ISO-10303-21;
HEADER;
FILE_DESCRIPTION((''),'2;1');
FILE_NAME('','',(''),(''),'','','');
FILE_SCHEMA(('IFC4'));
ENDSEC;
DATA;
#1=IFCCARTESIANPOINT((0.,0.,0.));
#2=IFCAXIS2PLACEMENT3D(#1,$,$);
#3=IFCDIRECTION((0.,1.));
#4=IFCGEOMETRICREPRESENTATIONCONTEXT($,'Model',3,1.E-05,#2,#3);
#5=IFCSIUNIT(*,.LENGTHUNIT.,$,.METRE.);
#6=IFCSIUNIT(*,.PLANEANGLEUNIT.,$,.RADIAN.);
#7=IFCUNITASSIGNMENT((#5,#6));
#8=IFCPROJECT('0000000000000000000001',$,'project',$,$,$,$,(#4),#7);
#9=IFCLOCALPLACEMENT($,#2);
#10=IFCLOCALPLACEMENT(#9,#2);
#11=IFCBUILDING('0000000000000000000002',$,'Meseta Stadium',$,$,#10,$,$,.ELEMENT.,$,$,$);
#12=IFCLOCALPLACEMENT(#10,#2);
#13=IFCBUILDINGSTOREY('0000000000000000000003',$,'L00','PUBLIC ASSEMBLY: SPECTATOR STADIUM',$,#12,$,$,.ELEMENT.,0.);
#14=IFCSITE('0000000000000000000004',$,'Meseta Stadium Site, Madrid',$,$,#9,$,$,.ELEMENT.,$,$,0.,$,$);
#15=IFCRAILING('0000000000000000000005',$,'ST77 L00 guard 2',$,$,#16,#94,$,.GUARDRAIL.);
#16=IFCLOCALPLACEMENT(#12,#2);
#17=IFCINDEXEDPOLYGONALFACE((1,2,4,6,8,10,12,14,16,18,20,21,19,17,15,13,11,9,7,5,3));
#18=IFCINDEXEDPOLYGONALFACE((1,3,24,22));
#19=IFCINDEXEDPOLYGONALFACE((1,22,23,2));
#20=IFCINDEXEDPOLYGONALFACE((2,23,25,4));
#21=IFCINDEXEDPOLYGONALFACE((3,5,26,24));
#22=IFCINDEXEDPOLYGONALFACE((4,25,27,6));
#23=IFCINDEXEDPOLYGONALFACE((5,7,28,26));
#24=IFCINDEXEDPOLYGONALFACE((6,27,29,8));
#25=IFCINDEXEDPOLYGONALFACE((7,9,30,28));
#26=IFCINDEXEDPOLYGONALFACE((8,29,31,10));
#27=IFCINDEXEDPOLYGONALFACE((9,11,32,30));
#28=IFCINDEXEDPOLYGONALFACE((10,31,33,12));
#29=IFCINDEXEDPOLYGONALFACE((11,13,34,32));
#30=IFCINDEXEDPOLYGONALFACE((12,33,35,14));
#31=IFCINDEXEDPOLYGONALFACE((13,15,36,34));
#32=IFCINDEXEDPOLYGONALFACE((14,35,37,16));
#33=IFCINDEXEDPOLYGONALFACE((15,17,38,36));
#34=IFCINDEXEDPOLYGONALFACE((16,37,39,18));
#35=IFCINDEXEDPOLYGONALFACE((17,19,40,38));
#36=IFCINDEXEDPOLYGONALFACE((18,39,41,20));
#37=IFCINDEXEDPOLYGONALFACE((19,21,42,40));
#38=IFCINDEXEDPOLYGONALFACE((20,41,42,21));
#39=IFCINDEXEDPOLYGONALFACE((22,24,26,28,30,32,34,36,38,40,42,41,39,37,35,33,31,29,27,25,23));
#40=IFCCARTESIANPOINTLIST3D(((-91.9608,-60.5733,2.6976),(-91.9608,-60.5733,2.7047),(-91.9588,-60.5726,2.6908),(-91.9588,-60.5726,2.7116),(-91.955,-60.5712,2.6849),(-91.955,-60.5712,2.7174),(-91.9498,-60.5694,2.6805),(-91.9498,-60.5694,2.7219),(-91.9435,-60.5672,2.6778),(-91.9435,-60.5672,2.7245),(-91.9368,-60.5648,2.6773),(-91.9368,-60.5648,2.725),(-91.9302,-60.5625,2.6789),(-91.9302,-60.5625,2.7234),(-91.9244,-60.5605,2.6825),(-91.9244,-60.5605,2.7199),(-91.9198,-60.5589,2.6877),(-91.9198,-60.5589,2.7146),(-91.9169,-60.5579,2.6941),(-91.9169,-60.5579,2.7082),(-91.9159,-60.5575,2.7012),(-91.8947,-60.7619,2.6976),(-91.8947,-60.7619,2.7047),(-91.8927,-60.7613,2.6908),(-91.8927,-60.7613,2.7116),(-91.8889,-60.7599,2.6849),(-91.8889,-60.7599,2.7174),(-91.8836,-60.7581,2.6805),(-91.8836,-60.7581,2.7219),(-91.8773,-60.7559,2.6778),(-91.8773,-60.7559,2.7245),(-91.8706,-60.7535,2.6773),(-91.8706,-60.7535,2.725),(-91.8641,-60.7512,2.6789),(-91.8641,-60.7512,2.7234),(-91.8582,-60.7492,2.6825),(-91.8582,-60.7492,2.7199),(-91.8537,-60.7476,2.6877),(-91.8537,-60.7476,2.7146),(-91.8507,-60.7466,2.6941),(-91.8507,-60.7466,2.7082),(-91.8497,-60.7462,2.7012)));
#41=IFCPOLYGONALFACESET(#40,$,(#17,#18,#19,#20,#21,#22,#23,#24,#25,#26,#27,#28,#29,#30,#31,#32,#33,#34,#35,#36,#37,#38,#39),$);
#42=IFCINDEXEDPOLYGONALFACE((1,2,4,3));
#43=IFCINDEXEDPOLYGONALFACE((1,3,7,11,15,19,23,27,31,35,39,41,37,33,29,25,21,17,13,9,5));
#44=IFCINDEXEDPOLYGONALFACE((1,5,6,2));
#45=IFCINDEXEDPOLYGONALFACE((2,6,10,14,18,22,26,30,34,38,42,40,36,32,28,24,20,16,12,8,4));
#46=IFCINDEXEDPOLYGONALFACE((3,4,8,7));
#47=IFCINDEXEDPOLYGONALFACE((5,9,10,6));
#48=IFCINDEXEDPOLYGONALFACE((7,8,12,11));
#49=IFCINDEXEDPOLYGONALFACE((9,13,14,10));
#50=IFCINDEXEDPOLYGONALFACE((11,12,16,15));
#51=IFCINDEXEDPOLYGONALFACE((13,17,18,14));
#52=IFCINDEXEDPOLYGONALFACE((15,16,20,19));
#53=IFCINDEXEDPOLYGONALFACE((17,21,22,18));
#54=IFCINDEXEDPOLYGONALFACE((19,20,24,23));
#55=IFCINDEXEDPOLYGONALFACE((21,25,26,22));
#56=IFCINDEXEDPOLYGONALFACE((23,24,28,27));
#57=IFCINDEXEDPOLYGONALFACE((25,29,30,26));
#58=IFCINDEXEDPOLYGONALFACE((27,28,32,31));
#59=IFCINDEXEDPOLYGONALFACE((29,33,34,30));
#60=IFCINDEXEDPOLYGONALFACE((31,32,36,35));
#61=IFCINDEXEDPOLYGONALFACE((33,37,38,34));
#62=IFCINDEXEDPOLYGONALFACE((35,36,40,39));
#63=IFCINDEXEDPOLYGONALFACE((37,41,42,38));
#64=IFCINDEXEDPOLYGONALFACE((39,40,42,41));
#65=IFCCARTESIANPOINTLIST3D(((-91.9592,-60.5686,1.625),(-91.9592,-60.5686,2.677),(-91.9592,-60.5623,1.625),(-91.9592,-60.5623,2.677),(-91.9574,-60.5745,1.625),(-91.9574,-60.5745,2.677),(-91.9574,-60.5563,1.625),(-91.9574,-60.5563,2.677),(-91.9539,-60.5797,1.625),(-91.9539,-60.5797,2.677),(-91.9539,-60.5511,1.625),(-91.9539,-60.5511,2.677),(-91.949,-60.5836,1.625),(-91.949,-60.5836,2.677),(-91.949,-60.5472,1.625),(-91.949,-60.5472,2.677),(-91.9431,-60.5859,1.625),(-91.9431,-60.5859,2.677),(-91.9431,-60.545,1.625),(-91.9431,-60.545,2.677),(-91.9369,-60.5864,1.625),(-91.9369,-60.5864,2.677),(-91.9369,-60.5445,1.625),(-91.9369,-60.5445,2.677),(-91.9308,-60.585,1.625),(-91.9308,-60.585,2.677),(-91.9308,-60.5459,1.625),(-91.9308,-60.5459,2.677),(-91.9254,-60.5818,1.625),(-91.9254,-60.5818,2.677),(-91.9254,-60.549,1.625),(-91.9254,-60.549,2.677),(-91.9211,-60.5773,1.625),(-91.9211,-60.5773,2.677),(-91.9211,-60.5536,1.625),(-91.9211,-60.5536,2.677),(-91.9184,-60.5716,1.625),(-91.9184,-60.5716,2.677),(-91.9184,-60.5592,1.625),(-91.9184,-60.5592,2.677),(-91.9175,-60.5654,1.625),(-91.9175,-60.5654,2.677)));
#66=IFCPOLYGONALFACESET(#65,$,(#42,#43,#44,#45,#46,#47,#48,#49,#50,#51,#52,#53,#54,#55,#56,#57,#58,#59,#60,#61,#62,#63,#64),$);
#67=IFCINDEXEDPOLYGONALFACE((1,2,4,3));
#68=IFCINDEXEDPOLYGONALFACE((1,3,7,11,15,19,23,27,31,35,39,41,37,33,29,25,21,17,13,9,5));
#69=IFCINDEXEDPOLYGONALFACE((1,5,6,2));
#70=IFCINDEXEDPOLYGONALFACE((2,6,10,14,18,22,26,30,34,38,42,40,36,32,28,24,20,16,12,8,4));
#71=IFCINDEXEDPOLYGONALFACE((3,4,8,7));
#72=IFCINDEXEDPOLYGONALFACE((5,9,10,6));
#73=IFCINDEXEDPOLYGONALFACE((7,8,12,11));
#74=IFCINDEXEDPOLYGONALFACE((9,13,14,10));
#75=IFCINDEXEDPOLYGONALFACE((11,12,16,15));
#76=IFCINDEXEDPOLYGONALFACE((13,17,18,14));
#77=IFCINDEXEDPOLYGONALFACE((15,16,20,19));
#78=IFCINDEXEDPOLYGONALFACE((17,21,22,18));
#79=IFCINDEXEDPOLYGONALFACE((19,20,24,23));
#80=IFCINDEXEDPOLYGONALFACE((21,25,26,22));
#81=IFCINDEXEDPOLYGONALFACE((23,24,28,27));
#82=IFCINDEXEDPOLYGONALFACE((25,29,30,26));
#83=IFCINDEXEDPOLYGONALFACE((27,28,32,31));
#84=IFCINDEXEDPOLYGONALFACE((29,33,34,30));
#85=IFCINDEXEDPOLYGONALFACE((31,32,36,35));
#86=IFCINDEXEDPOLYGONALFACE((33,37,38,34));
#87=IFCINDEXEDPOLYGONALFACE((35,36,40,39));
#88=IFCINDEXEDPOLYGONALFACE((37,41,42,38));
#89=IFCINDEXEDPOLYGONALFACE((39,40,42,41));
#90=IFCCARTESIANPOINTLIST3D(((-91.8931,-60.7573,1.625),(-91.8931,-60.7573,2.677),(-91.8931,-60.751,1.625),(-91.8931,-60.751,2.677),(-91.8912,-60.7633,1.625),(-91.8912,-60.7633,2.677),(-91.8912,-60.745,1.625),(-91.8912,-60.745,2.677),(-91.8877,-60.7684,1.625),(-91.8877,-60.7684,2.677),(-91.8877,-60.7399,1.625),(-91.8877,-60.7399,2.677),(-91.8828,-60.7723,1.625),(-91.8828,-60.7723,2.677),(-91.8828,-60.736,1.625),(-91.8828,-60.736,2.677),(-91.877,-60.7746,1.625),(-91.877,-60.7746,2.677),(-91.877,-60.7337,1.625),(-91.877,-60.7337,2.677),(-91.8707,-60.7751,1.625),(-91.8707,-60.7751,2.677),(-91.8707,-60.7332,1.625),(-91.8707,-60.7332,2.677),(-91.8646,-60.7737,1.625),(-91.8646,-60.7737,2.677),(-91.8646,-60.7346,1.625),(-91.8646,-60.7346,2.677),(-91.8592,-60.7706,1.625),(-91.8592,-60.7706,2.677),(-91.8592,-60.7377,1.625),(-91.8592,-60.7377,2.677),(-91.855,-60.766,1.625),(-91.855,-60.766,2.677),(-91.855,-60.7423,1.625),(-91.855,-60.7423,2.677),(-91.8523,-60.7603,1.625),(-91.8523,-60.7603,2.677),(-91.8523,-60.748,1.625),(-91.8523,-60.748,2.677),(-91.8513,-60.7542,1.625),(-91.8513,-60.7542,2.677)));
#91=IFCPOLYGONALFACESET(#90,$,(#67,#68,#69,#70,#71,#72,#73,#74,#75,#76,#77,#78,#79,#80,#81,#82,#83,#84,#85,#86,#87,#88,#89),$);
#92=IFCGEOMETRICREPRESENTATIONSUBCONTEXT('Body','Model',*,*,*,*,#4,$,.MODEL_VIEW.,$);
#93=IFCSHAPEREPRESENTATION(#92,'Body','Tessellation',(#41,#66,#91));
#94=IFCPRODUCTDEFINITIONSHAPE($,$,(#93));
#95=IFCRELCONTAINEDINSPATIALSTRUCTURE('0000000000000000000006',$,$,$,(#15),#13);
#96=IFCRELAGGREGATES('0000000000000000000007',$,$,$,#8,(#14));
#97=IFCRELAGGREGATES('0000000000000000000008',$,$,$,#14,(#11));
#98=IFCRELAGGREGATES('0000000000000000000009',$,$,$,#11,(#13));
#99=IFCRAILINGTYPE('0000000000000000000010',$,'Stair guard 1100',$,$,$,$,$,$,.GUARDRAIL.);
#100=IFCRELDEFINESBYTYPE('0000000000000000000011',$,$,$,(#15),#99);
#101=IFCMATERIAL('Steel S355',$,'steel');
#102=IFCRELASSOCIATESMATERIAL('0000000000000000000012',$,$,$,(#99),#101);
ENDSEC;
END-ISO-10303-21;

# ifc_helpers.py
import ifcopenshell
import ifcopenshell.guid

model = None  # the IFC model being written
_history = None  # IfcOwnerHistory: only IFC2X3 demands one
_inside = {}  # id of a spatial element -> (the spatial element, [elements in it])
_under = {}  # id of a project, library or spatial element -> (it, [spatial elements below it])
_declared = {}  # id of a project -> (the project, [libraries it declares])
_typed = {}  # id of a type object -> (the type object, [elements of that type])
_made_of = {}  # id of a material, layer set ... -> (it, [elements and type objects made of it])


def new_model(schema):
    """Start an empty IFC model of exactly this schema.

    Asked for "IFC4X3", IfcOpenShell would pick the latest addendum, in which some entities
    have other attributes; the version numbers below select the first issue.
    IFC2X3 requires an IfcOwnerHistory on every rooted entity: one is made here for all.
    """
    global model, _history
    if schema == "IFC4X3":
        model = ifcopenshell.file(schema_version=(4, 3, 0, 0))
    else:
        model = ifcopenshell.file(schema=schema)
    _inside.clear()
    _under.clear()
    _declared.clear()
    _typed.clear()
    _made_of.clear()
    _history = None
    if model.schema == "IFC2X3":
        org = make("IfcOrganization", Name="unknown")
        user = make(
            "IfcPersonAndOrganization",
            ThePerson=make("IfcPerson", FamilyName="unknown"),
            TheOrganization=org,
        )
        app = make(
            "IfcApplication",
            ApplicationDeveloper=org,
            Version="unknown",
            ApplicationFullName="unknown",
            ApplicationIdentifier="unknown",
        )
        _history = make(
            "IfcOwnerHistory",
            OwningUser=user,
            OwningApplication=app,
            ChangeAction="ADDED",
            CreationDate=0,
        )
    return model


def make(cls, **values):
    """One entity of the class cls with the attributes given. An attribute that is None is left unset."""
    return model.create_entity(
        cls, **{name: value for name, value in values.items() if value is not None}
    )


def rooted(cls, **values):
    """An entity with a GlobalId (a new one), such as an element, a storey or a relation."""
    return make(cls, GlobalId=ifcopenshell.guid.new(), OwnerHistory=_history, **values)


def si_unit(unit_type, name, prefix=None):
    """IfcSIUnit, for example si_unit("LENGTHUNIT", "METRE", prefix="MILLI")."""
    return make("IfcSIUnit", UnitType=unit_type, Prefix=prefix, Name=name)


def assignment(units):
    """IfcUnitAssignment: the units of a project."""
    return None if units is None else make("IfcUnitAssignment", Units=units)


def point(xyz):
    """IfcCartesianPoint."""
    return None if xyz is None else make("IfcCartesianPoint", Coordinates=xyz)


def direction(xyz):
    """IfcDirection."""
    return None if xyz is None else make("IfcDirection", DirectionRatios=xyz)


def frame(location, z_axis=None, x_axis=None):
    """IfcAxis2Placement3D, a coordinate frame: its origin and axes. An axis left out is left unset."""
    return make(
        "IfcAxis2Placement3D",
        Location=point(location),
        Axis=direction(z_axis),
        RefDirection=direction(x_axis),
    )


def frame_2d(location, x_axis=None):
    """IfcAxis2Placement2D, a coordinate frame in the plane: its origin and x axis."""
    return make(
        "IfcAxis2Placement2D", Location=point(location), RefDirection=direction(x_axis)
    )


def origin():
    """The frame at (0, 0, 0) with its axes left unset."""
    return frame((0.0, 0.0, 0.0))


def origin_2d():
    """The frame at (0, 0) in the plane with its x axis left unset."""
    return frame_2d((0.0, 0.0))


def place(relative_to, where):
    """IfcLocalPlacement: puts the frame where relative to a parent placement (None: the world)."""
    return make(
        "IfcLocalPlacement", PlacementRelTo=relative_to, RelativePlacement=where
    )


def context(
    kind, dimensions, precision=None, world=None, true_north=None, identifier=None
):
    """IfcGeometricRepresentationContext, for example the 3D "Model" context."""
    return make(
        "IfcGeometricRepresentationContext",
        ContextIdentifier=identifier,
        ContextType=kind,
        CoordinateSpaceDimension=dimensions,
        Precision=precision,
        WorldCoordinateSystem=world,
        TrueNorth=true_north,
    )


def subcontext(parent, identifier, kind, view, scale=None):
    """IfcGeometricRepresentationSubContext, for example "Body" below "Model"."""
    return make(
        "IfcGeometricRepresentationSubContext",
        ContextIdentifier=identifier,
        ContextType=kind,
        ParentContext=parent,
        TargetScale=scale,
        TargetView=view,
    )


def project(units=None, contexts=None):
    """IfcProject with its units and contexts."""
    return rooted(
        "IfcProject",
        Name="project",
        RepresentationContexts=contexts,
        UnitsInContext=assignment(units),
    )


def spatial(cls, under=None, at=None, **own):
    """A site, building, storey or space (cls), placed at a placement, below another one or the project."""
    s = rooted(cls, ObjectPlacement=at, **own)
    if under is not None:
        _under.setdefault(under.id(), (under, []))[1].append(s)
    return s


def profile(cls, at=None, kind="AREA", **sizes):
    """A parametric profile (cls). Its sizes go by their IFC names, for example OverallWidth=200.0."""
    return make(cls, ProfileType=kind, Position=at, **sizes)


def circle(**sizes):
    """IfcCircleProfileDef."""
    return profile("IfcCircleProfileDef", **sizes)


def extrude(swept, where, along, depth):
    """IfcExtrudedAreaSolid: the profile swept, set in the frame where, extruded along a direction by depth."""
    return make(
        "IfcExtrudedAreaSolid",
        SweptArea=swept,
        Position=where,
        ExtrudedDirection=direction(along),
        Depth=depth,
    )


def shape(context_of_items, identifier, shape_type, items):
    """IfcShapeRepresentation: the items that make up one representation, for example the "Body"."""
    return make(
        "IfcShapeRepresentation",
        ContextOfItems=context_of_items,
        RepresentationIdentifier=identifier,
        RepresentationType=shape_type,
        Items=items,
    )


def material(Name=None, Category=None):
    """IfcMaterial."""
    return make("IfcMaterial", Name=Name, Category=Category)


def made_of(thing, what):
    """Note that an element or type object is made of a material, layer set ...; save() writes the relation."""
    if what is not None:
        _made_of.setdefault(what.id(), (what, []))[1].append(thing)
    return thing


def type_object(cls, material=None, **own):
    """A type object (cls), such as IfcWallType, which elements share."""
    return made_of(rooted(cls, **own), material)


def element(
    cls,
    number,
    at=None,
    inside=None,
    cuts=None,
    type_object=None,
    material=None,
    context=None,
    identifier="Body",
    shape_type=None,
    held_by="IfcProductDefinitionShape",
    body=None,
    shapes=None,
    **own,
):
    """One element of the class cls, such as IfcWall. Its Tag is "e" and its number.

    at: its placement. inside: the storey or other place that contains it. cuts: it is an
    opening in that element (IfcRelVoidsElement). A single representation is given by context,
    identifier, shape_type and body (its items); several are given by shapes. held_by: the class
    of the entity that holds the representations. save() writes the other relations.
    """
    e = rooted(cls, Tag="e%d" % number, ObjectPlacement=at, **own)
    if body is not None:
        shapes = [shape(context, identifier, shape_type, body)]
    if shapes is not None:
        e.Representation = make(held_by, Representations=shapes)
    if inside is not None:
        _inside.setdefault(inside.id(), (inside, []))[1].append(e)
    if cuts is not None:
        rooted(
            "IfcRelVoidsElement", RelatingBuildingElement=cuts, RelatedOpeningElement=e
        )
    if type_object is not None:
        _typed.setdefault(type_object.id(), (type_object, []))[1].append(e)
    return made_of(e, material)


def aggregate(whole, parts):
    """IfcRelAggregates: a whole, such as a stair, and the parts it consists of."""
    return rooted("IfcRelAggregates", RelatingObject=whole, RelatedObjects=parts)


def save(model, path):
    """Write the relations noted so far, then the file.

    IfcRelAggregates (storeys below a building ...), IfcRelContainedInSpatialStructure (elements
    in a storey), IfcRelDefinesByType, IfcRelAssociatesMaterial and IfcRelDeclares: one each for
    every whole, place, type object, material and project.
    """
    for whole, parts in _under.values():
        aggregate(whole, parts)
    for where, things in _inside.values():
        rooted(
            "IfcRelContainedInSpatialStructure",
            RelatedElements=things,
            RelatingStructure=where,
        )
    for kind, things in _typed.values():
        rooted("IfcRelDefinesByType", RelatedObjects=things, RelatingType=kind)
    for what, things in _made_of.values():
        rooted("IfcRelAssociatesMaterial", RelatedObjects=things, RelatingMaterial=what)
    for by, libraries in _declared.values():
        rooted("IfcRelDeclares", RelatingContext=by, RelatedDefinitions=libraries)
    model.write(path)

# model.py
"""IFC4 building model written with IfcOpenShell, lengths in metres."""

from ifc_helpers import new_model, si_unit, direction, frame, origin, origin_2d, place, context, subcontext, project, spatial, circle, extrude, material, type_object, element, save


model = new_model("IFC4")

# Units and contexts
model_context = context("Model", 3, precision=1e-05, world=origin(), true_north=direction((0.0, 1.0)))
body_context = subcontext(model_context, "Body", "Model", "MODEL_VIEW")
ifc_project = project(units=[si_unit("LENGTHUNIT", "METRE"), si_unit("PLANEANGLEUNIT", "RADIAN")], contexts=[model_context])

# Site, building, storey
site_placement = place(None, origin())
site = spatial("IfcSite", under=ifc_project, at=site_placement, Name="Meseta Stadium Site, Madrid", CompositionType="ELEMENT", RefElevation=0.0)
building_placement = place(site_placement, origin())
building = spatial("IfcBuilding", under=site, at=building_placement, Name="Meseta Stadium", CompositionType="ELEMENT")
storey_placement = place(building_placement, origin())
storey = spatial("IfcBuildingStorey", under=building, at=storey_placement, Name="L00", Description="PUBLIC ASSEMBLY: SPECTATOR STADIUM", CompositionType="ELEMENT", Elevation=0.0)

# Railing
ifc_material_1 = material(Name="Steel S355", Category="steel")
railing_type_1 = type_object("IfcRailingType", Name="Stair guard 1100", PredefinedType="GUARDRAIL", material=ifc_material_1)
railing_1_placement = place(storey_placement, frame((-91.9385, -60.5654, 1.625)))
element("IfcRailing", 1, at=railing_1_placement, inside=storey, type_object=railing_type_1, Name="ST77 L00 guard 2", PredefinedType="GUARDRAIL", context=body_context, shape_type="SweptSolid", body=[
    extrude(circle(Radius=0.0239, at=origin_2d()), frame((0.0, 0.0, 1.0762), z_axis=(0.33084, -0.943687, 0.0), x_axis=(0.943687, 0.33084, 0.0)), (0.0, 0.0, 1.0), 0.2),
    extrude(circle(Radius=0.021, at=origin_2d()), origin(), (0.0, 0.0, 1.0), 1.052),
    extrude(circle(Radius=0.021, at=origin_2d()), frame((0.0662, -0.1887, 0.0)), (0.0, 0.0, 1.0), 1.052),
])

save(model, "model.ifc")
